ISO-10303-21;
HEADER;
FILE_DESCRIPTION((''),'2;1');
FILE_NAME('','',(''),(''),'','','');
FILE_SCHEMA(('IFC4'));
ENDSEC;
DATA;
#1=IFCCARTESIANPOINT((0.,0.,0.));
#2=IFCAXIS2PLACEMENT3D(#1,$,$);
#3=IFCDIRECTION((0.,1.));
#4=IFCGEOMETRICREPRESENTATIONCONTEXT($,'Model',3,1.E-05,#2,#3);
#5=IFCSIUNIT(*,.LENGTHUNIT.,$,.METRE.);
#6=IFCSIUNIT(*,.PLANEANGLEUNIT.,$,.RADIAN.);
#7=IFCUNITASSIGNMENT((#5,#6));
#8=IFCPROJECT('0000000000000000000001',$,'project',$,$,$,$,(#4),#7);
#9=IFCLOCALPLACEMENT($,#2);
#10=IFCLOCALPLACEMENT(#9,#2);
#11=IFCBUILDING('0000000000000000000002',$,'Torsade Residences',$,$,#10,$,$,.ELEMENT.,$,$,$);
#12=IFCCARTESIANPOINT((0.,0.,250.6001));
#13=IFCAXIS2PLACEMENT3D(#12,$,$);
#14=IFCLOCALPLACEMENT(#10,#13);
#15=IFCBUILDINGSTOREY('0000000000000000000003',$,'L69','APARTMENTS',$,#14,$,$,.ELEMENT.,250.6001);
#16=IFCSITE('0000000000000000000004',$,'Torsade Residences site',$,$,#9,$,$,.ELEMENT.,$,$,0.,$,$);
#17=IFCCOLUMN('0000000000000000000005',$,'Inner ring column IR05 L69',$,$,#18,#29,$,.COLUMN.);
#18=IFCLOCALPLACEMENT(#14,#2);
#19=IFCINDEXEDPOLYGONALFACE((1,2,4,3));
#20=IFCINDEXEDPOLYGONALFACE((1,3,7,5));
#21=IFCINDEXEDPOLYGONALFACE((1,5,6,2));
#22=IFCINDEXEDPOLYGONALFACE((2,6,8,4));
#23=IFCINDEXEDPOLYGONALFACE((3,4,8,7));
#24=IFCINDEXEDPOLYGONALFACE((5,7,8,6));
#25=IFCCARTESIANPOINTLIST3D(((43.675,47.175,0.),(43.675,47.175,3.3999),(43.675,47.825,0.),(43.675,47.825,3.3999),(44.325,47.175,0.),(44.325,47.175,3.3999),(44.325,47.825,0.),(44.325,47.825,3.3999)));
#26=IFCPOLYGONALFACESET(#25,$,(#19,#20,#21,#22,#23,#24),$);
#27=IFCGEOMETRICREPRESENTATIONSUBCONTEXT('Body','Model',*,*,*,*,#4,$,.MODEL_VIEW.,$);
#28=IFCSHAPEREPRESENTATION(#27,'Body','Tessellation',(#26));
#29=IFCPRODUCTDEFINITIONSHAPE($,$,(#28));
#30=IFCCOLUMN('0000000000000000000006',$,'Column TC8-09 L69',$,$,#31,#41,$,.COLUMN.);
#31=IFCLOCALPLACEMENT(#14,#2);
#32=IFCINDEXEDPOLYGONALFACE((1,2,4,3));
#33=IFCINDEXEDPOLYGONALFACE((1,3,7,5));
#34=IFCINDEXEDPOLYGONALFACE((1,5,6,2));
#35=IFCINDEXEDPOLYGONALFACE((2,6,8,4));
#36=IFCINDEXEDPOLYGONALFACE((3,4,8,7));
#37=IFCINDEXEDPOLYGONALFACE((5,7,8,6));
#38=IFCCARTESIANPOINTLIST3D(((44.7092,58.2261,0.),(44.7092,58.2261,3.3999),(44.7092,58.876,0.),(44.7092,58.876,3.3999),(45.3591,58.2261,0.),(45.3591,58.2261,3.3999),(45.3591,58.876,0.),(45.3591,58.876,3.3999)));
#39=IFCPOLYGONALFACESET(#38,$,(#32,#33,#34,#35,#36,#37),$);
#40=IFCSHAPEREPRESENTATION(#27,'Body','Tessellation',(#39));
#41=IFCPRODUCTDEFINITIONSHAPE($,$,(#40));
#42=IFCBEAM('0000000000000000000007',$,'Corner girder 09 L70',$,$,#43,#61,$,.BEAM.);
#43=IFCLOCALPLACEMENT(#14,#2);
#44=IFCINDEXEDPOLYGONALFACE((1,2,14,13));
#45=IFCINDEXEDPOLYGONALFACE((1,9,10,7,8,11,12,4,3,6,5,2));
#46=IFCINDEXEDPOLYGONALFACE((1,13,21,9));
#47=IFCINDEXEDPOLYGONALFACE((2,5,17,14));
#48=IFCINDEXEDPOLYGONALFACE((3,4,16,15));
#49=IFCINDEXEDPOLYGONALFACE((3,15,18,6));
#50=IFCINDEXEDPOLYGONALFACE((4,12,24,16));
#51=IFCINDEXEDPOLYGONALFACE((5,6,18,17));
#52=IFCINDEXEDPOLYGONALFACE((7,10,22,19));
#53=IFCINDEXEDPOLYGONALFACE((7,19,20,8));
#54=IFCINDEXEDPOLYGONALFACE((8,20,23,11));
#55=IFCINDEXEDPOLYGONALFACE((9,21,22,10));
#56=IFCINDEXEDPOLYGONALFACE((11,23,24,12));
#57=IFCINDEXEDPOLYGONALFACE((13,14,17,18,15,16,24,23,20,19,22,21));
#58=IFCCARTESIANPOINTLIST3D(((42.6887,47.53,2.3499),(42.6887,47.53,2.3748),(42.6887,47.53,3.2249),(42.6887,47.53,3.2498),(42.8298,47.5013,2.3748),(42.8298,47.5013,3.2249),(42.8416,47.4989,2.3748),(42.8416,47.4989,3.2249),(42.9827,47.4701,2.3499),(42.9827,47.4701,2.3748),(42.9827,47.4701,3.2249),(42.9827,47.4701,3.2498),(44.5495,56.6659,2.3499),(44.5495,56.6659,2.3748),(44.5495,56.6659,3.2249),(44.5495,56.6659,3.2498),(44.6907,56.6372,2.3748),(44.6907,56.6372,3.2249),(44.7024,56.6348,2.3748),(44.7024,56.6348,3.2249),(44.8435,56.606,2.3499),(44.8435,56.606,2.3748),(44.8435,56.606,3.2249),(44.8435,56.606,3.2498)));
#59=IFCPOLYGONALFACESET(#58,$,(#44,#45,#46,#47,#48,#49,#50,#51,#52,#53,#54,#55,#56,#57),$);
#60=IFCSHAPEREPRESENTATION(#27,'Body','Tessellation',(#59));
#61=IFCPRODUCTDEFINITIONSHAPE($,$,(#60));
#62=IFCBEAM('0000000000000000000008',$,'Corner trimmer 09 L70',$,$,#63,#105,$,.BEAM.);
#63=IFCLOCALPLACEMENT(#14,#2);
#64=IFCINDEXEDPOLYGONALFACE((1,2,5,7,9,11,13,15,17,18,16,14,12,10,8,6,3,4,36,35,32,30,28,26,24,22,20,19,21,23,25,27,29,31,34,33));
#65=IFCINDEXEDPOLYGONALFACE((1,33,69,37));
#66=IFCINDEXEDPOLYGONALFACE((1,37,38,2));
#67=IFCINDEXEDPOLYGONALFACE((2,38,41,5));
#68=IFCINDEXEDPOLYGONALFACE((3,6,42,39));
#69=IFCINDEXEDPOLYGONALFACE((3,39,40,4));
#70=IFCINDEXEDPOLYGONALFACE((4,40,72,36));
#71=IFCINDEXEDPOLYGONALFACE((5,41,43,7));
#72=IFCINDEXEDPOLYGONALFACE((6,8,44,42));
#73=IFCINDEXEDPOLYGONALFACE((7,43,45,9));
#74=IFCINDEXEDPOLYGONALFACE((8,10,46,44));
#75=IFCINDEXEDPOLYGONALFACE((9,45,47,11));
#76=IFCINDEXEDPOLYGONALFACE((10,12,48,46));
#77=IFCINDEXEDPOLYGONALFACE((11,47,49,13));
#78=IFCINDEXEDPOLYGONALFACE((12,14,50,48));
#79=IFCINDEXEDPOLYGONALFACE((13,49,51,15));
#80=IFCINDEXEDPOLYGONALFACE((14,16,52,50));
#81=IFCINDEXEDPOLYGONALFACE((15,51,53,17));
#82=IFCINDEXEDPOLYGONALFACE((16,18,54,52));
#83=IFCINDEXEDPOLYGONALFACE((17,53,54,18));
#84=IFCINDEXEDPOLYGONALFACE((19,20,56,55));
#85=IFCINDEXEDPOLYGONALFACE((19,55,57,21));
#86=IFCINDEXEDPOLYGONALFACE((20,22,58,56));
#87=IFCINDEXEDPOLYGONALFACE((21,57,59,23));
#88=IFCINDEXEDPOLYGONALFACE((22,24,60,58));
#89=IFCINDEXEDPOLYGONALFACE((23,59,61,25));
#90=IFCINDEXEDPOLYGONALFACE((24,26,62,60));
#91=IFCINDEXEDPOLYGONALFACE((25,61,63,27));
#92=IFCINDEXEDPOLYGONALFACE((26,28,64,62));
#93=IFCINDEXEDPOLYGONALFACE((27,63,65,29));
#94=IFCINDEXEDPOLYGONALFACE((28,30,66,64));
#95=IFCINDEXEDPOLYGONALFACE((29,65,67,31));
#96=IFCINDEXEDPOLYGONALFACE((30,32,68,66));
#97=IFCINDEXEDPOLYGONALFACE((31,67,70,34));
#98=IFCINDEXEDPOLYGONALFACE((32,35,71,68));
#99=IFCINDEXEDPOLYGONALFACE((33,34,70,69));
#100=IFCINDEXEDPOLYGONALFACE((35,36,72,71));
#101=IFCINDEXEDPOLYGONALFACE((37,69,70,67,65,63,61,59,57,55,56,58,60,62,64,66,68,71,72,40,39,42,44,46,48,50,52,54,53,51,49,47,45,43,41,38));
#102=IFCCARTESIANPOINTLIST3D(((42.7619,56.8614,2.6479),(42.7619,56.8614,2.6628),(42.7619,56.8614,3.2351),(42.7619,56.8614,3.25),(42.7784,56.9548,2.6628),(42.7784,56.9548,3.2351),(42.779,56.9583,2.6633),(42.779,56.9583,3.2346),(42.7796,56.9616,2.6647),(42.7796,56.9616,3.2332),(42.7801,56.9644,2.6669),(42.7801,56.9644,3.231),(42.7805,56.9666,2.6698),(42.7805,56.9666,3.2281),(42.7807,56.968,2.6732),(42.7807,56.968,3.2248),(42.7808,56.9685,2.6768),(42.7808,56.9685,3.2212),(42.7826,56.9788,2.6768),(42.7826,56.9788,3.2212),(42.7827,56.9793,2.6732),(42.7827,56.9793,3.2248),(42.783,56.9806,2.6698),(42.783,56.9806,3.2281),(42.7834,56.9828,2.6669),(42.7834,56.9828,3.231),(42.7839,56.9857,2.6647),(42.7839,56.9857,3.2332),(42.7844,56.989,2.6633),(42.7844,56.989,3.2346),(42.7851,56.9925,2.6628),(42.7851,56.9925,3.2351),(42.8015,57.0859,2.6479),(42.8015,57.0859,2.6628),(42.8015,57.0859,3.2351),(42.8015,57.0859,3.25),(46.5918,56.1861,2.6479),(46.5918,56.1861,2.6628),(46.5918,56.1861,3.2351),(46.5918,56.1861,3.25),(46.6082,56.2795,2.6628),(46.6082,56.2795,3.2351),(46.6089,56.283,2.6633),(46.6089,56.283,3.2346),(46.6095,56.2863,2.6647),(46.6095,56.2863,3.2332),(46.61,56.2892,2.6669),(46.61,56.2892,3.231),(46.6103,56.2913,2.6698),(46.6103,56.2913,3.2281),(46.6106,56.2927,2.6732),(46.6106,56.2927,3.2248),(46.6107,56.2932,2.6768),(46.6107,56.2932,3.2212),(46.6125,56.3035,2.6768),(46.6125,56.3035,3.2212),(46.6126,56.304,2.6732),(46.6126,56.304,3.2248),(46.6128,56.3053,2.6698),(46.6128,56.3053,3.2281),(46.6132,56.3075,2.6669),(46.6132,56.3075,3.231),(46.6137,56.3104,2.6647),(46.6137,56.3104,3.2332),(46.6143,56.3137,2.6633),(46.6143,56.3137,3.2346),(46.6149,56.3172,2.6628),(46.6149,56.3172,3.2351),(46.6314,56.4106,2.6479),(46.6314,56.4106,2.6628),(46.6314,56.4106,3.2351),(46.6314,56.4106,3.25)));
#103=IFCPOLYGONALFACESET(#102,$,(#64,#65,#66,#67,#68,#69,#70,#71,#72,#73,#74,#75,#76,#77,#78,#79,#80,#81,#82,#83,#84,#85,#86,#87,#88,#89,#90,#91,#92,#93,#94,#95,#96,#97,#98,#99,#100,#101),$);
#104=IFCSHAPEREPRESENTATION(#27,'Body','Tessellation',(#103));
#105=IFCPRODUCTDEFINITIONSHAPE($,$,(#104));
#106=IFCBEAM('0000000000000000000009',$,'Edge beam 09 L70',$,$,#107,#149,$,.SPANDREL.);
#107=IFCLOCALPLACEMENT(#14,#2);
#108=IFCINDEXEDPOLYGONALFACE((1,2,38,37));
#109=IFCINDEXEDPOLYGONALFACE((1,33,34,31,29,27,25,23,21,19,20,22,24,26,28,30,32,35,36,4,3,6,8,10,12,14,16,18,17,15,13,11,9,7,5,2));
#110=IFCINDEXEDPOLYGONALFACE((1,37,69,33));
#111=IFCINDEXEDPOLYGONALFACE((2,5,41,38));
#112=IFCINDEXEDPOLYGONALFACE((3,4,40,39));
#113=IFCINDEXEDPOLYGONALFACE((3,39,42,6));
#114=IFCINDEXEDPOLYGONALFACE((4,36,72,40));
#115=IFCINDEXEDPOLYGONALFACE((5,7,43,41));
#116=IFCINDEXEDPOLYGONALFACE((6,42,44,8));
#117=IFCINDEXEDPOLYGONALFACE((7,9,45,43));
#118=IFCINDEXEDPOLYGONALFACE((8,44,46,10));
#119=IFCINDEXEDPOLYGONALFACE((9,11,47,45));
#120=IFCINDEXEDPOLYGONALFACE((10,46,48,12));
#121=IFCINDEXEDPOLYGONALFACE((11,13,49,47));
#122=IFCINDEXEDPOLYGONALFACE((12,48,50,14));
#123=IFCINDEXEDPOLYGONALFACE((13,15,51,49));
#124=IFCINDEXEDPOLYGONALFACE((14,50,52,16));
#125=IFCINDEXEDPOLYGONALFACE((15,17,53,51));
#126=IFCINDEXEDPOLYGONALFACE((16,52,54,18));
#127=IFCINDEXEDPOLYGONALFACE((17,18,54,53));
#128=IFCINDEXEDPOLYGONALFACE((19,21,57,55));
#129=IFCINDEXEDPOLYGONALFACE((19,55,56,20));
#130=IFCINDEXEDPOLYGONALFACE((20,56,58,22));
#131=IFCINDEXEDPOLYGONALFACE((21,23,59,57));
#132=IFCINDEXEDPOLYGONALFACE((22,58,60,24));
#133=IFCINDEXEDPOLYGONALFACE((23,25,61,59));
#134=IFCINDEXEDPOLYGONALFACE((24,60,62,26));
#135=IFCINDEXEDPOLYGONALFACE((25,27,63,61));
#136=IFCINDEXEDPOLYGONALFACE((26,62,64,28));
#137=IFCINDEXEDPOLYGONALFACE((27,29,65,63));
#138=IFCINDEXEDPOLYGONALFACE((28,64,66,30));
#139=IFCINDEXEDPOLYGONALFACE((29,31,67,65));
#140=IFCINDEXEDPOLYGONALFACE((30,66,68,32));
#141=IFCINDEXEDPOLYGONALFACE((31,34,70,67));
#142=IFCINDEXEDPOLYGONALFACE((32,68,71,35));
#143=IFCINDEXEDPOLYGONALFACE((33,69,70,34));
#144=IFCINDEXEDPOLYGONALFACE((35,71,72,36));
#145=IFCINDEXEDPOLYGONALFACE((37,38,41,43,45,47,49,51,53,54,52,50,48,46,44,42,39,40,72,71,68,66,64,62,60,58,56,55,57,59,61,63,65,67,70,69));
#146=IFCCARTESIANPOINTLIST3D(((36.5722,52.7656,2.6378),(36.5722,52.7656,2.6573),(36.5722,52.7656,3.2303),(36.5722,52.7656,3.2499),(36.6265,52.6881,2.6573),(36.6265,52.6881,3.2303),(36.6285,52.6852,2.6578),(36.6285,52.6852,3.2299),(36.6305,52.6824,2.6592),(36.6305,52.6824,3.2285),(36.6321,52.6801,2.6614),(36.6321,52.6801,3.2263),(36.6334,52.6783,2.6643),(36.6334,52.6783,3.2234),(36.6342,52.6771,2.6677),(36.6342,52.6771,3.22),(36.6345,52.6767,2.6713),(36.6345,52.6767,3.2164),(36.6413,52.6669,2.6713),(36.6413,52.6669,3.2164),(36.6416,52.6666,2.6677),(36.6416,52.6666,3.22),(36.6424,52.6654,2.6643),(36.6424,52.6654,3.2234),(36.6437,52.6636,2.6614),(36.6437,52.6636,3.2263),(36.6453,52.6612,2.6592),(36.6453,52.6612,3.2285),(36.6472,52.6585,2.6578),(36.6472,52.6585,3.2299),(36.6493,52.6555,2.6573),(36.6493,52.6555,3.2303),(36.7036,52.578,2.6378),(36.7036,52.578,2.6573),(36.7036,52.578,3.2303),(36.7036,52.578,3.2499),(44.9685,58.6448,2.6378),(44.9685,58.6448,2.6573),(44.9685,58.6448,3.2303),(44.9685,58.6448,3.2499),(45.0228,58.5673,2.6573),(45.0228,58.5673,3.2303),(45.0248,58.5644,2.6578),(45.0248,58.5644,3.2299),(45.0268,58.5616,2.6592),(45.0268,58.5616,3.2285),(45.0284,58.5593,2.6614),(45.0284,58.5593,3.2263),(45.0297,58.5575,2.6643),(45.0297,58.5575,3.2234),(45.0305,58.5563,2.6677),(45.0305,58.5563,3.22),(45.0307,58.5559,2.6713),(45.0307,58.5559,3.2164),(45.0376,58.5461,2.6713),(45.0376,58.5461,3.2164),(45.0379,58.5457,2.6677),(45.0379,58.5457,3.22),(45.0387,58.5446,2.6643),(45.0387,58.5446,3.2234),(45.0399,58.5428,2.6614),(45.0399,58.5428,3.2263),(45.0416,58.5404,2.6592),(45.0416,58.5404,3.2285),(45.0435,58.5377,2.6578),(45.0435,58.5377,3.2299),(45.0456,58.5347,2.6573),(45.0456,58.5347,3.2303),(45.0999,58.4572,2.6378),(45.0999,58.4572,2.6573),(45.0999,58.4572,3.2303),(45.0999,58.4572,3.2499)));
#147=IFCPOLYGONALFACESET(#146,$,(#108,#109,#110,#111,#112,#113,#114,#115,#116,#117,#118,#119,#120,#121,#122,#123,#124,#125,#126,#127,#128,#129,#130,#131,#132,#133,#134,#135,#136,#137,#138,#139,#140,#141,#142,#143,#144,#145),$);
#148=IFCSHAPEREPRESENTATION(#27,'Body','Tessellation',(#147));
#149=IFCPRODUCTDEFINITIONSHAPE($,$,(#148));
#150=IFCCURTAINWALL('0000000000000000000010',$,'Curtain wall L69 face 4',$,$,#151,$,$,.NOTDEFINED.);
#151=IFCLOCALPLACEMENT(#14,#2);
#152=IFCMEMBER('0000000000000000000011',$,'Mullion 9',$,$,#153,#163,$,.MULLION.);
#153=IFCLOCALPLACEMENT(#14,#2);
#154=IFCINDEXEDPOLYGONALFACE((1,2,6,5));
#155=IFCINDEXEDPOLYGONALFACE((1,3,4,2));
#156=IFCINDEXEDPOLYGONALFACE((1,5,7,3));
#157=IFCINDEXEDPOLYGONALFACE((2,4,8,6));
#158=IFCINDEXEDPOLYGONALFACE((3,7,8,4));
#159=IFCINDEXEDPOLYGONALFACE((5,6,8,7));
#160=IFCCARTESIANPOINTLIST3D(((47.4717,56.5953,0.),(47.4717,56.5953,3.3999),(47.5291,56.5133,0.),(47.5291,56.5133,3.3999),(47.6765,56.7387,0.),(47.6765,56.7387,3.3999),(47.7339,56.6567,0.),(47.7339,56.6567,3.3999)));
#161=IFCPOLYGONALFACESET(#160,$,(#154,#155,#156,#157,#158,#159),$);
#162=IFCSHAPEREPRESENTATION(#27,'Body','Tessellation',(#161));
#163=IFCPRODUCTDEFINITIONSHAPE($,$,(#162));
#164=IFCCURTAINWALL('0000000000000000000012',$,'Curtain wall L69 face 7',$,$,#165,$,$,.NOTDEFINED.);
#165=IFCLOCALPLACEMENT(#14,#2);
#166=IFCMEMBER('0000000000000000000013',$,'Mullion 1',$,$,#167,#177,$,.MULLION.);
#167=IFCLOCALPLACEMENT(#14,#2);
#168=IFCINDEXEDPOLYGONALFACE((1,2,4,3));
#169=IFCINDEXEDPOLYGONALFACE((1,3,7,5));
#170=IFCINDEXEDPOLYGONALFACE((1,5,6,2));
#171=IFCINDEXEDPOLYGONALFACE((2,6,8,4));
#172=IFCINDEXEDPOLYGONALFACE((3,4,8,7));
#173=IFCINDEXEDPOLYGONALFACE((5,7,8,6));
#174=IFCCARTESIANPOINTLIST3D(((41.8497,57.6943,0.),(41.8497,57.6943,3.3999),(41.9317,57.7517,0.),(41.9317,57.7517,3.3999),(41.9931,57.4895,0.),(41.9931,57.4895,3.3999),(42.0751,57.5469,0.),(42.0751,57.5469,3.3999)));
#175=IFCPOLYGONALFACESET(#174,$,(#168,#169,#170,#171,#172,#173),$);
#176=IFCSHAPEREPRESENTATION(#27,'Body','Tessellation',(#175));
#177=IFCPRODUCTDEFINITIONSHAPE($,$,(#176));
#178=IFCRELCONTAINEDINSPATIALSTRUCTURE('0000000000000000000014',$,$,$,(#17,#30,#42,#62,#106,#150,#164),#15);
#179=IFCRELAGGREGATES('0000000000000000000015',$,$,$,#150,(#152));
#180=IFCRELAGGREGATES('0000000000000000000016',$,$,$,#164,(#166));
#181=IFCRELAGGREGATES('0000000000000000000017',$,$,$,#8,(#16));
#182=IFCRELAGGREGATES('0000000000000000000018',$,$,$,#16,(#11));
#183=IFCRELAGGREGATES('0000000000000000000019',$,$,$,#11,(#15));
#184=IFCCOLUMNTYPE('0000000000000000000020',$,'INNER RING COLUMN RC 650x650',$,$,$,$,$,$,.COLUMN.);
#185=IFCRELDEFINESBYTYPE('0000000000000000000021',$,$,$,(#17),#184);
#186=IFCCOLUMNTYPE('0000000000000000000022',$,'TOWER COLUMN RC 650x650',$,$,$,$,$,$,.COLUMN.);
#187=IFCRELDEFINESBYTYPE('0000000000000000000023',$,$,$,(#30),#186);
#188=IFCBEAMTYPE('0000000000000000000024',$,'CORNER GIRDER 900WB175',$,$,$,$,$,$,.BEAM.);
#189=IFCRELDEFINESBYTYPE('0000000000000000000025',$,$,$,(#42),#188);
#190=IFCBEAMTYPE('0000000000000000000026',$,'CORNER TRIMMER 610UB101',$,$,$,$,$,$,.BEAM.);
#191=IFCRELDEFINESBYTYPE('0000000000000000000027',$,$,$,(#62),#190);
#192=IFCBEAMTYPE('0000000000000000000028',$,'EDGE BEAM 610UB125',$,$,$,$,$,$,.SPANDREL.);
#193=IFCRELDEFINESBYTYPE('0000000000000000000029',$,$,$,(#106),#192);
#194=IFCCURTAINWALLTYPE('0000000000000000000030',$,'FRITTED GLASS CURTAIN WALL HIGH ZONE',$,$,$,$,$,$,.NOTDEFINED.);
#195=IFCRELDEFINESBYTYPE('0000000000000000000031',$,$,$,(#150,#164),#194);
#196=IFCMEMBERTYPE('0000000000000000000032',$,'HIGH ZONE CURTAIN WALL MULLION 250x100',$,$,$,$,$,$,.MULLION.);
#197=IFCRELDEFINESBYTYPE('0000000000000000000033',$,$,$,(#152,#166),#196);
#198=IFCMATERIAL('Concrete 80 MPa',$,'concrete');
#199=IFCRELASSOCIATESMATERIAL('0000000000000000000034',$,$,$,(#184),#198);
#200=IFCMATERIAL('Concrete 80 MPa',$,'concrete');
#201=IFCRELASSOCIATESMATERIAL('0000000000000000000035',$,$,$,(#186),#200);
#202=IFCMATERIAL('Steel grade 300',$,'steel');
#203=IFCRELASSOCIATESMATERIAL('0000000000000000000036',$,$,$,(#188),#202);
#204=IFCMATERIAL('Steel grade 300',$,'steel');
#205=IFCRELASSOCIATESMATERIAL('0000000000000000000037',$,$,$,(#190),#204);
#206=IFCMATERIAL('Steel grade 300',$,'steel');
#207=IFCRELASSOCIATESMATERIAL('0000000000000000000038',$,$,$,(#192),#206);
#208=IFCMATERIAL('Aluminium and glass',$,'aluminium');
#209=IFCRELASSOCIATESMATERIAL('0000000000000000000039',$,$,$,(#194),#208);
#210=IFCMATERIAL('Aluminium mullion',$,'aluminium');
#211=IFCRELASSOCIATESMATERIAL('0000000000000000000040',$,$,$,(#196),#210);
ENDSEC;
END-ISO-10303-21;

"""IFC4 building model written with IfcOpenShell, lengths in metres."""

from ifc_helpers import new_model, si_unit, direction, frame, origin, origin_2d, place, context, subcontext, project, spatial, rectangle, i_section, extrude, material, material_profile, profile_set, type_object, element, aggregate, save


model = new_model("IFC4")

# Units and contexts
model_context = context("Model", 3, precision=1e-05, world=origin(), true_north=direction((0.0, 1.0)))
body_context = subcontext(model_context, "Body", "Model", "MODEL_VIEW")
ifc_project = project(units=[si_unit("LENGTHUNIT", "METRE"), si_unit("PLANEANGLEUNIT", "RADIAN")], contexts=[model_context])

# Site, building, storey
site_placement = place(None, origin())
site = spatial("IfcSite", under=ifc_project, at=site_placement, Name="Torsade Residences site", CompositionType="ELEMENT", RefElevation=0.0)
building_placement = place(site_placement, origin())
building = spatial("IfcBuilding", under=site, at=building_placement, Name="Torsade Residences", CompositionType="ELEMENT")
storey_placement = place(building_placement, frame((0.0, 0.0, 250.6001)))
storey = spatial("IfcBuildingStorey", under=building, at=storey_placement, Name="L69", Description="APARTMENTS", CompositionType="ELEMENT", Elevation=250.6001)

# Columns
ifc_material_1 = material(Name="Concrete 80 MPa", Category="concrete")
ifc_material_profile_1 = material_profile(ifc_material_1, rectangle(XDim=0.6499, YDim=0.6499, at=origin_2d()), Name="RC 650x650")
ifc_profile_set_1 = profile_set([ifc_material_profile_1], Name="Concrete 80 MPa")
column_type_1 = type_object("IfcColumnType", Name="INNER RING COLUMN RC 650x650", PredefinedType="COLUMN", material=ifc_profile_set_1)
column_1_placement = place(storey_placement, frame((44.0, 47.5, 0.0), z_axis=(0.0, 0.0, 1.0), x_axis=(1.0, 0.0, 0.0)))
element("IfcColumn", 1, at=column_1_placement, inside=storey, type_object=column_type_1, Name="Inner ring column IR05 L69", PredefinedType="COLUMN", context=body_context, shape_type="SweptSolid", body=[
    extrude(rectangle(XDim=0.6499, YDim=0.6499, at=origin_2d()), origin(), (0.0, 0.0, 1.0), 3.3999),
])
ifc_material_2 = material(Name="Concrete 80 MPa", Category="concrete")
ifc_material_profile_2 = material_profile(ifc_material_2, rectangle(XDim=0.6499, YDim=0.6499, at=origin_2d()), Name="RC 650x650")
ifc_profile_set_2 = profile_set([ifc_material_profile_2], Name="Concrete 80 MPa")
column_type_2 = type_object("IfcColumnType", Name="TOWER COLUMN RC 650x650", PredefinedType="COLUMN", material=ifc_profile_set_2)
column_2_placement = place(storey_placement, frame((45.0342, 58.551, 0.0), z_axis=(0.0, 0.0, 1.0), x_axis=(1.0, 0.0, 0.0)))
element("IfcColumn", 2, at=column_2_placement, inside=storey, type_object=column_type_2, Name="Column TC8-09 L69", PredefinedType="COLUMN", context=body_context, shape_type="SweptSolid", body=[
    extrude(rectangle(XDim=0.6499, YDim=0.6499, at=origin_2d()), origin(), (0.0, 0.0, 1.0), 3.3999),
])

# Beams
ifc_material_3 = material(Name="Steel grade 300", Category="steel")
ifc_material_profile_3 = material_profile(ifc_material_3, i_section(OverallWidth=0.3, OverallDepth=0.8999, WebThickness=0.012, FlangeThickness=0.0249, at=origin_2d()), Name="900WB175")
ifc_profile_set_3 = profile_set([ifc_material_profile_3], Name="Steel grade 300")
beam_type_1 = type_object("IfcBeamType", Name="CORNER GIRDER 900WB175", PredefinedType="BEAM", material=ifc_profile_set_3)
beam_1_placement = place(storey_placement, frame((44.6965, 56.636, 2.7998), z_axis=(-0.199584, -0.979881, 0.0), x_axis=(0.979881, -0.199584, 0.0)))
element("IfcBeam", 3, at=beam_1_placement, inside=storey, type_object=beam_type_1, Name="Corner girder 09 L70", PredefinedType="BEAM", context=body_context, shape_type="SweptSolid", body=[
    extrude(i_section(OverallWidth=0.3, OverallDepth=0.8999, WebThickness=0.012, FlangeThickness=0.0249, at=origin_2d()), origin(), (0.0, 0.0, 1.0), 9.3235),
])
ifc_material_4 = material(Name="Steel grade 300", Category="steel")
ifc_material_profile_4 = material_profile(ifc_material_4, i_section(OverallWidth=0.228, OverallDepth=0.6021, WebThickness=0.0105, FlangeThickness=0.0149, FilletRadius=0.0139, at=origin_2d()), Name="610UB101")
ifc_profile_set_4 = profile_set([ifc_material_profile_4], Name="Steel grade 300")
beam_type_2 = type_object("IfcBeamType", Name="CORNER TRIMMER 610UB101", PredefinedType="BEAM", material=ifc_profile_set_4)
beam_2_placement = place(storey_placement, frame((42.7817, 56.9736, 2.949), z_axis=(0.984808, -0.173646, 0.0), x_axis=(0.173646, 0.984808, 0.0)))
element("IfcBeam", 4, at=beam_2_placement, inside=storey, type_object=beam_type_2, Name="Corner trimmer 09 L70", PredefinedType="BEAM", context=body_context, shape_type="SweptSolid", body=[
    extrude(i_section(OverallWidth=0.228, OverallDepth=0.6021, WebThickness=0.0105, FlangeThickness=0.0149, FilletRadius=0.0139, at=origin_2d()), origin(), (0.0, 0.0, 1.0), 3.8889),
])
ifc_material_5 = material(Name="Steel grade 300", Category="steel")
ifc_material_profile_5 = material_profile(ifc_material_5, i_section(OverallWidth=0.229, OverallDepth=0.6121, WebThickness=0.012, FlangeThickness=0.0195, FilletRadius=0.0139, at=origin_2d()), Name="610UB125")
ifc_profile_set_5 = profile_set([ifc_material_profile_5], Name="Steel grade 300")
beam_type_3 = type_object("IfcBeamType", Name="EDGE BEAM 610UB125", PredefinedType="SPANDREL", material=ifc_profile_set_5)
beam_3_placement = place(storey_placement, frame((45.0342, 58.551, 2.9438), z_axis=(-0.81915, -0.573579, 0.0), x_axis=(0.573579, -0.81915, 0.0)))
element("IfcBeam", 5, at=beam_3_placement, inside=storey, type_object=beam_type_3, Name="Edge beam 09 L70", PredefinedType="SPANDREL", context=body_context, shape_type="SweptSolid", body=[
    extrude(i_section(OverallWidth=0.229, OverallDepth=0.6121, WebThickness=0.012, FlangeThickness=0.0195, FilletRadius=0.0139, at=origin_2d()), origin(), (0.0, 0.0, 1.0), 10.25),
])

# Curtain wall, member
ifc_material_6 = material(Name="Aluminium and glass", Category="aluminium")
curtain_wall_type = type_object("IfcCurtainWallType", Name="FRITTED GLASS CURTAIN WALL HIGH ZONE", PredefinedType="NOTDEFINED", material=ifc_material_6)
curtain_wall_1_placement = place(storey_placement, origin())
curtain_wall_1 = element("IfcCurtainWall", 6, at=curtain_wall_1_placement, inside=storey, type_object=curtain_wall_type, Name="Curtain wall L69 face 4", PredefinedType="NOTDEFINED")
ifc_material_7 = material(Name="Aluminium mullion", Category="aluminium")
ifc_material_profile_6 = material_profile(ifc_material_7, rectangle(XDim=0.25, YDim=0.1001, at=origin_2d()), Name="HIGH ZONE CURTAIN WALL MULLION 250x100")
ifc_profile_set_6 = profile_set([ifc_material_profile_6], Name="Aluminium mullion")
member_type_1 = type_object("IfcMemberType", Name="HIGH ZONE CURTAIN WALL MULLION 250x100", PredefinedType="MULLION", material=ifc_profile_set_6)
member_1_placement = place(storey_placement, frame((47.6028, 56.626, 0.0), z_axis=(0.0, 0.0, 1.0), x_axis=(-0.819152, -0.573576, 0.0)))
member_1 = element("IfcMember", 7, at=member_1_placement, type_object=member_type_1, Name="Mullion 9", PredefinedType="MULLION", context=body_context, shape_type="SweptSolid", body=[
    extrude(rectangle(XDim=0.25, YDim=0.1001, at=origin_2d()), origin(), (0.0, 0.0, 1.0), 3.3999),
])
aggregate(curtain_wall_1, [member_1])

# Curtain wall, member
curtain_wall_2_placement = place(storey_placement, origin())
curtain_wall_2 = element("IfcCurtainWall", 8, at=curtain_wall_2_placement, inside=storey, type_object=curtain_wall_type, Name="Curtain wall L69 face 7", PredefinedType="NOTDEFINED")
member_2_placement = place(storey_placement, frame((41.9624, 57.6206, 0.0), z_axis=(0.0, 0.0, 1.0), x_axis=(0.573576, -0.819152, 0.0)))
member_2 = element("IfcMember", 9, at=member_2_placement, type_object=member_type_1, Name="Mullion 1", PredefinedType="MULLION", context=body_context, shape_type="SweptSolid", body=[
    extrude(rectangle(XDim=0.25, YDim=0.1001, at=origin_2d()), origin(), (0.0, 0.0, 1.0), 3.3999),
])

aggregate(curtain_wall_2, [member_2])

save(model, "model.ifc")
